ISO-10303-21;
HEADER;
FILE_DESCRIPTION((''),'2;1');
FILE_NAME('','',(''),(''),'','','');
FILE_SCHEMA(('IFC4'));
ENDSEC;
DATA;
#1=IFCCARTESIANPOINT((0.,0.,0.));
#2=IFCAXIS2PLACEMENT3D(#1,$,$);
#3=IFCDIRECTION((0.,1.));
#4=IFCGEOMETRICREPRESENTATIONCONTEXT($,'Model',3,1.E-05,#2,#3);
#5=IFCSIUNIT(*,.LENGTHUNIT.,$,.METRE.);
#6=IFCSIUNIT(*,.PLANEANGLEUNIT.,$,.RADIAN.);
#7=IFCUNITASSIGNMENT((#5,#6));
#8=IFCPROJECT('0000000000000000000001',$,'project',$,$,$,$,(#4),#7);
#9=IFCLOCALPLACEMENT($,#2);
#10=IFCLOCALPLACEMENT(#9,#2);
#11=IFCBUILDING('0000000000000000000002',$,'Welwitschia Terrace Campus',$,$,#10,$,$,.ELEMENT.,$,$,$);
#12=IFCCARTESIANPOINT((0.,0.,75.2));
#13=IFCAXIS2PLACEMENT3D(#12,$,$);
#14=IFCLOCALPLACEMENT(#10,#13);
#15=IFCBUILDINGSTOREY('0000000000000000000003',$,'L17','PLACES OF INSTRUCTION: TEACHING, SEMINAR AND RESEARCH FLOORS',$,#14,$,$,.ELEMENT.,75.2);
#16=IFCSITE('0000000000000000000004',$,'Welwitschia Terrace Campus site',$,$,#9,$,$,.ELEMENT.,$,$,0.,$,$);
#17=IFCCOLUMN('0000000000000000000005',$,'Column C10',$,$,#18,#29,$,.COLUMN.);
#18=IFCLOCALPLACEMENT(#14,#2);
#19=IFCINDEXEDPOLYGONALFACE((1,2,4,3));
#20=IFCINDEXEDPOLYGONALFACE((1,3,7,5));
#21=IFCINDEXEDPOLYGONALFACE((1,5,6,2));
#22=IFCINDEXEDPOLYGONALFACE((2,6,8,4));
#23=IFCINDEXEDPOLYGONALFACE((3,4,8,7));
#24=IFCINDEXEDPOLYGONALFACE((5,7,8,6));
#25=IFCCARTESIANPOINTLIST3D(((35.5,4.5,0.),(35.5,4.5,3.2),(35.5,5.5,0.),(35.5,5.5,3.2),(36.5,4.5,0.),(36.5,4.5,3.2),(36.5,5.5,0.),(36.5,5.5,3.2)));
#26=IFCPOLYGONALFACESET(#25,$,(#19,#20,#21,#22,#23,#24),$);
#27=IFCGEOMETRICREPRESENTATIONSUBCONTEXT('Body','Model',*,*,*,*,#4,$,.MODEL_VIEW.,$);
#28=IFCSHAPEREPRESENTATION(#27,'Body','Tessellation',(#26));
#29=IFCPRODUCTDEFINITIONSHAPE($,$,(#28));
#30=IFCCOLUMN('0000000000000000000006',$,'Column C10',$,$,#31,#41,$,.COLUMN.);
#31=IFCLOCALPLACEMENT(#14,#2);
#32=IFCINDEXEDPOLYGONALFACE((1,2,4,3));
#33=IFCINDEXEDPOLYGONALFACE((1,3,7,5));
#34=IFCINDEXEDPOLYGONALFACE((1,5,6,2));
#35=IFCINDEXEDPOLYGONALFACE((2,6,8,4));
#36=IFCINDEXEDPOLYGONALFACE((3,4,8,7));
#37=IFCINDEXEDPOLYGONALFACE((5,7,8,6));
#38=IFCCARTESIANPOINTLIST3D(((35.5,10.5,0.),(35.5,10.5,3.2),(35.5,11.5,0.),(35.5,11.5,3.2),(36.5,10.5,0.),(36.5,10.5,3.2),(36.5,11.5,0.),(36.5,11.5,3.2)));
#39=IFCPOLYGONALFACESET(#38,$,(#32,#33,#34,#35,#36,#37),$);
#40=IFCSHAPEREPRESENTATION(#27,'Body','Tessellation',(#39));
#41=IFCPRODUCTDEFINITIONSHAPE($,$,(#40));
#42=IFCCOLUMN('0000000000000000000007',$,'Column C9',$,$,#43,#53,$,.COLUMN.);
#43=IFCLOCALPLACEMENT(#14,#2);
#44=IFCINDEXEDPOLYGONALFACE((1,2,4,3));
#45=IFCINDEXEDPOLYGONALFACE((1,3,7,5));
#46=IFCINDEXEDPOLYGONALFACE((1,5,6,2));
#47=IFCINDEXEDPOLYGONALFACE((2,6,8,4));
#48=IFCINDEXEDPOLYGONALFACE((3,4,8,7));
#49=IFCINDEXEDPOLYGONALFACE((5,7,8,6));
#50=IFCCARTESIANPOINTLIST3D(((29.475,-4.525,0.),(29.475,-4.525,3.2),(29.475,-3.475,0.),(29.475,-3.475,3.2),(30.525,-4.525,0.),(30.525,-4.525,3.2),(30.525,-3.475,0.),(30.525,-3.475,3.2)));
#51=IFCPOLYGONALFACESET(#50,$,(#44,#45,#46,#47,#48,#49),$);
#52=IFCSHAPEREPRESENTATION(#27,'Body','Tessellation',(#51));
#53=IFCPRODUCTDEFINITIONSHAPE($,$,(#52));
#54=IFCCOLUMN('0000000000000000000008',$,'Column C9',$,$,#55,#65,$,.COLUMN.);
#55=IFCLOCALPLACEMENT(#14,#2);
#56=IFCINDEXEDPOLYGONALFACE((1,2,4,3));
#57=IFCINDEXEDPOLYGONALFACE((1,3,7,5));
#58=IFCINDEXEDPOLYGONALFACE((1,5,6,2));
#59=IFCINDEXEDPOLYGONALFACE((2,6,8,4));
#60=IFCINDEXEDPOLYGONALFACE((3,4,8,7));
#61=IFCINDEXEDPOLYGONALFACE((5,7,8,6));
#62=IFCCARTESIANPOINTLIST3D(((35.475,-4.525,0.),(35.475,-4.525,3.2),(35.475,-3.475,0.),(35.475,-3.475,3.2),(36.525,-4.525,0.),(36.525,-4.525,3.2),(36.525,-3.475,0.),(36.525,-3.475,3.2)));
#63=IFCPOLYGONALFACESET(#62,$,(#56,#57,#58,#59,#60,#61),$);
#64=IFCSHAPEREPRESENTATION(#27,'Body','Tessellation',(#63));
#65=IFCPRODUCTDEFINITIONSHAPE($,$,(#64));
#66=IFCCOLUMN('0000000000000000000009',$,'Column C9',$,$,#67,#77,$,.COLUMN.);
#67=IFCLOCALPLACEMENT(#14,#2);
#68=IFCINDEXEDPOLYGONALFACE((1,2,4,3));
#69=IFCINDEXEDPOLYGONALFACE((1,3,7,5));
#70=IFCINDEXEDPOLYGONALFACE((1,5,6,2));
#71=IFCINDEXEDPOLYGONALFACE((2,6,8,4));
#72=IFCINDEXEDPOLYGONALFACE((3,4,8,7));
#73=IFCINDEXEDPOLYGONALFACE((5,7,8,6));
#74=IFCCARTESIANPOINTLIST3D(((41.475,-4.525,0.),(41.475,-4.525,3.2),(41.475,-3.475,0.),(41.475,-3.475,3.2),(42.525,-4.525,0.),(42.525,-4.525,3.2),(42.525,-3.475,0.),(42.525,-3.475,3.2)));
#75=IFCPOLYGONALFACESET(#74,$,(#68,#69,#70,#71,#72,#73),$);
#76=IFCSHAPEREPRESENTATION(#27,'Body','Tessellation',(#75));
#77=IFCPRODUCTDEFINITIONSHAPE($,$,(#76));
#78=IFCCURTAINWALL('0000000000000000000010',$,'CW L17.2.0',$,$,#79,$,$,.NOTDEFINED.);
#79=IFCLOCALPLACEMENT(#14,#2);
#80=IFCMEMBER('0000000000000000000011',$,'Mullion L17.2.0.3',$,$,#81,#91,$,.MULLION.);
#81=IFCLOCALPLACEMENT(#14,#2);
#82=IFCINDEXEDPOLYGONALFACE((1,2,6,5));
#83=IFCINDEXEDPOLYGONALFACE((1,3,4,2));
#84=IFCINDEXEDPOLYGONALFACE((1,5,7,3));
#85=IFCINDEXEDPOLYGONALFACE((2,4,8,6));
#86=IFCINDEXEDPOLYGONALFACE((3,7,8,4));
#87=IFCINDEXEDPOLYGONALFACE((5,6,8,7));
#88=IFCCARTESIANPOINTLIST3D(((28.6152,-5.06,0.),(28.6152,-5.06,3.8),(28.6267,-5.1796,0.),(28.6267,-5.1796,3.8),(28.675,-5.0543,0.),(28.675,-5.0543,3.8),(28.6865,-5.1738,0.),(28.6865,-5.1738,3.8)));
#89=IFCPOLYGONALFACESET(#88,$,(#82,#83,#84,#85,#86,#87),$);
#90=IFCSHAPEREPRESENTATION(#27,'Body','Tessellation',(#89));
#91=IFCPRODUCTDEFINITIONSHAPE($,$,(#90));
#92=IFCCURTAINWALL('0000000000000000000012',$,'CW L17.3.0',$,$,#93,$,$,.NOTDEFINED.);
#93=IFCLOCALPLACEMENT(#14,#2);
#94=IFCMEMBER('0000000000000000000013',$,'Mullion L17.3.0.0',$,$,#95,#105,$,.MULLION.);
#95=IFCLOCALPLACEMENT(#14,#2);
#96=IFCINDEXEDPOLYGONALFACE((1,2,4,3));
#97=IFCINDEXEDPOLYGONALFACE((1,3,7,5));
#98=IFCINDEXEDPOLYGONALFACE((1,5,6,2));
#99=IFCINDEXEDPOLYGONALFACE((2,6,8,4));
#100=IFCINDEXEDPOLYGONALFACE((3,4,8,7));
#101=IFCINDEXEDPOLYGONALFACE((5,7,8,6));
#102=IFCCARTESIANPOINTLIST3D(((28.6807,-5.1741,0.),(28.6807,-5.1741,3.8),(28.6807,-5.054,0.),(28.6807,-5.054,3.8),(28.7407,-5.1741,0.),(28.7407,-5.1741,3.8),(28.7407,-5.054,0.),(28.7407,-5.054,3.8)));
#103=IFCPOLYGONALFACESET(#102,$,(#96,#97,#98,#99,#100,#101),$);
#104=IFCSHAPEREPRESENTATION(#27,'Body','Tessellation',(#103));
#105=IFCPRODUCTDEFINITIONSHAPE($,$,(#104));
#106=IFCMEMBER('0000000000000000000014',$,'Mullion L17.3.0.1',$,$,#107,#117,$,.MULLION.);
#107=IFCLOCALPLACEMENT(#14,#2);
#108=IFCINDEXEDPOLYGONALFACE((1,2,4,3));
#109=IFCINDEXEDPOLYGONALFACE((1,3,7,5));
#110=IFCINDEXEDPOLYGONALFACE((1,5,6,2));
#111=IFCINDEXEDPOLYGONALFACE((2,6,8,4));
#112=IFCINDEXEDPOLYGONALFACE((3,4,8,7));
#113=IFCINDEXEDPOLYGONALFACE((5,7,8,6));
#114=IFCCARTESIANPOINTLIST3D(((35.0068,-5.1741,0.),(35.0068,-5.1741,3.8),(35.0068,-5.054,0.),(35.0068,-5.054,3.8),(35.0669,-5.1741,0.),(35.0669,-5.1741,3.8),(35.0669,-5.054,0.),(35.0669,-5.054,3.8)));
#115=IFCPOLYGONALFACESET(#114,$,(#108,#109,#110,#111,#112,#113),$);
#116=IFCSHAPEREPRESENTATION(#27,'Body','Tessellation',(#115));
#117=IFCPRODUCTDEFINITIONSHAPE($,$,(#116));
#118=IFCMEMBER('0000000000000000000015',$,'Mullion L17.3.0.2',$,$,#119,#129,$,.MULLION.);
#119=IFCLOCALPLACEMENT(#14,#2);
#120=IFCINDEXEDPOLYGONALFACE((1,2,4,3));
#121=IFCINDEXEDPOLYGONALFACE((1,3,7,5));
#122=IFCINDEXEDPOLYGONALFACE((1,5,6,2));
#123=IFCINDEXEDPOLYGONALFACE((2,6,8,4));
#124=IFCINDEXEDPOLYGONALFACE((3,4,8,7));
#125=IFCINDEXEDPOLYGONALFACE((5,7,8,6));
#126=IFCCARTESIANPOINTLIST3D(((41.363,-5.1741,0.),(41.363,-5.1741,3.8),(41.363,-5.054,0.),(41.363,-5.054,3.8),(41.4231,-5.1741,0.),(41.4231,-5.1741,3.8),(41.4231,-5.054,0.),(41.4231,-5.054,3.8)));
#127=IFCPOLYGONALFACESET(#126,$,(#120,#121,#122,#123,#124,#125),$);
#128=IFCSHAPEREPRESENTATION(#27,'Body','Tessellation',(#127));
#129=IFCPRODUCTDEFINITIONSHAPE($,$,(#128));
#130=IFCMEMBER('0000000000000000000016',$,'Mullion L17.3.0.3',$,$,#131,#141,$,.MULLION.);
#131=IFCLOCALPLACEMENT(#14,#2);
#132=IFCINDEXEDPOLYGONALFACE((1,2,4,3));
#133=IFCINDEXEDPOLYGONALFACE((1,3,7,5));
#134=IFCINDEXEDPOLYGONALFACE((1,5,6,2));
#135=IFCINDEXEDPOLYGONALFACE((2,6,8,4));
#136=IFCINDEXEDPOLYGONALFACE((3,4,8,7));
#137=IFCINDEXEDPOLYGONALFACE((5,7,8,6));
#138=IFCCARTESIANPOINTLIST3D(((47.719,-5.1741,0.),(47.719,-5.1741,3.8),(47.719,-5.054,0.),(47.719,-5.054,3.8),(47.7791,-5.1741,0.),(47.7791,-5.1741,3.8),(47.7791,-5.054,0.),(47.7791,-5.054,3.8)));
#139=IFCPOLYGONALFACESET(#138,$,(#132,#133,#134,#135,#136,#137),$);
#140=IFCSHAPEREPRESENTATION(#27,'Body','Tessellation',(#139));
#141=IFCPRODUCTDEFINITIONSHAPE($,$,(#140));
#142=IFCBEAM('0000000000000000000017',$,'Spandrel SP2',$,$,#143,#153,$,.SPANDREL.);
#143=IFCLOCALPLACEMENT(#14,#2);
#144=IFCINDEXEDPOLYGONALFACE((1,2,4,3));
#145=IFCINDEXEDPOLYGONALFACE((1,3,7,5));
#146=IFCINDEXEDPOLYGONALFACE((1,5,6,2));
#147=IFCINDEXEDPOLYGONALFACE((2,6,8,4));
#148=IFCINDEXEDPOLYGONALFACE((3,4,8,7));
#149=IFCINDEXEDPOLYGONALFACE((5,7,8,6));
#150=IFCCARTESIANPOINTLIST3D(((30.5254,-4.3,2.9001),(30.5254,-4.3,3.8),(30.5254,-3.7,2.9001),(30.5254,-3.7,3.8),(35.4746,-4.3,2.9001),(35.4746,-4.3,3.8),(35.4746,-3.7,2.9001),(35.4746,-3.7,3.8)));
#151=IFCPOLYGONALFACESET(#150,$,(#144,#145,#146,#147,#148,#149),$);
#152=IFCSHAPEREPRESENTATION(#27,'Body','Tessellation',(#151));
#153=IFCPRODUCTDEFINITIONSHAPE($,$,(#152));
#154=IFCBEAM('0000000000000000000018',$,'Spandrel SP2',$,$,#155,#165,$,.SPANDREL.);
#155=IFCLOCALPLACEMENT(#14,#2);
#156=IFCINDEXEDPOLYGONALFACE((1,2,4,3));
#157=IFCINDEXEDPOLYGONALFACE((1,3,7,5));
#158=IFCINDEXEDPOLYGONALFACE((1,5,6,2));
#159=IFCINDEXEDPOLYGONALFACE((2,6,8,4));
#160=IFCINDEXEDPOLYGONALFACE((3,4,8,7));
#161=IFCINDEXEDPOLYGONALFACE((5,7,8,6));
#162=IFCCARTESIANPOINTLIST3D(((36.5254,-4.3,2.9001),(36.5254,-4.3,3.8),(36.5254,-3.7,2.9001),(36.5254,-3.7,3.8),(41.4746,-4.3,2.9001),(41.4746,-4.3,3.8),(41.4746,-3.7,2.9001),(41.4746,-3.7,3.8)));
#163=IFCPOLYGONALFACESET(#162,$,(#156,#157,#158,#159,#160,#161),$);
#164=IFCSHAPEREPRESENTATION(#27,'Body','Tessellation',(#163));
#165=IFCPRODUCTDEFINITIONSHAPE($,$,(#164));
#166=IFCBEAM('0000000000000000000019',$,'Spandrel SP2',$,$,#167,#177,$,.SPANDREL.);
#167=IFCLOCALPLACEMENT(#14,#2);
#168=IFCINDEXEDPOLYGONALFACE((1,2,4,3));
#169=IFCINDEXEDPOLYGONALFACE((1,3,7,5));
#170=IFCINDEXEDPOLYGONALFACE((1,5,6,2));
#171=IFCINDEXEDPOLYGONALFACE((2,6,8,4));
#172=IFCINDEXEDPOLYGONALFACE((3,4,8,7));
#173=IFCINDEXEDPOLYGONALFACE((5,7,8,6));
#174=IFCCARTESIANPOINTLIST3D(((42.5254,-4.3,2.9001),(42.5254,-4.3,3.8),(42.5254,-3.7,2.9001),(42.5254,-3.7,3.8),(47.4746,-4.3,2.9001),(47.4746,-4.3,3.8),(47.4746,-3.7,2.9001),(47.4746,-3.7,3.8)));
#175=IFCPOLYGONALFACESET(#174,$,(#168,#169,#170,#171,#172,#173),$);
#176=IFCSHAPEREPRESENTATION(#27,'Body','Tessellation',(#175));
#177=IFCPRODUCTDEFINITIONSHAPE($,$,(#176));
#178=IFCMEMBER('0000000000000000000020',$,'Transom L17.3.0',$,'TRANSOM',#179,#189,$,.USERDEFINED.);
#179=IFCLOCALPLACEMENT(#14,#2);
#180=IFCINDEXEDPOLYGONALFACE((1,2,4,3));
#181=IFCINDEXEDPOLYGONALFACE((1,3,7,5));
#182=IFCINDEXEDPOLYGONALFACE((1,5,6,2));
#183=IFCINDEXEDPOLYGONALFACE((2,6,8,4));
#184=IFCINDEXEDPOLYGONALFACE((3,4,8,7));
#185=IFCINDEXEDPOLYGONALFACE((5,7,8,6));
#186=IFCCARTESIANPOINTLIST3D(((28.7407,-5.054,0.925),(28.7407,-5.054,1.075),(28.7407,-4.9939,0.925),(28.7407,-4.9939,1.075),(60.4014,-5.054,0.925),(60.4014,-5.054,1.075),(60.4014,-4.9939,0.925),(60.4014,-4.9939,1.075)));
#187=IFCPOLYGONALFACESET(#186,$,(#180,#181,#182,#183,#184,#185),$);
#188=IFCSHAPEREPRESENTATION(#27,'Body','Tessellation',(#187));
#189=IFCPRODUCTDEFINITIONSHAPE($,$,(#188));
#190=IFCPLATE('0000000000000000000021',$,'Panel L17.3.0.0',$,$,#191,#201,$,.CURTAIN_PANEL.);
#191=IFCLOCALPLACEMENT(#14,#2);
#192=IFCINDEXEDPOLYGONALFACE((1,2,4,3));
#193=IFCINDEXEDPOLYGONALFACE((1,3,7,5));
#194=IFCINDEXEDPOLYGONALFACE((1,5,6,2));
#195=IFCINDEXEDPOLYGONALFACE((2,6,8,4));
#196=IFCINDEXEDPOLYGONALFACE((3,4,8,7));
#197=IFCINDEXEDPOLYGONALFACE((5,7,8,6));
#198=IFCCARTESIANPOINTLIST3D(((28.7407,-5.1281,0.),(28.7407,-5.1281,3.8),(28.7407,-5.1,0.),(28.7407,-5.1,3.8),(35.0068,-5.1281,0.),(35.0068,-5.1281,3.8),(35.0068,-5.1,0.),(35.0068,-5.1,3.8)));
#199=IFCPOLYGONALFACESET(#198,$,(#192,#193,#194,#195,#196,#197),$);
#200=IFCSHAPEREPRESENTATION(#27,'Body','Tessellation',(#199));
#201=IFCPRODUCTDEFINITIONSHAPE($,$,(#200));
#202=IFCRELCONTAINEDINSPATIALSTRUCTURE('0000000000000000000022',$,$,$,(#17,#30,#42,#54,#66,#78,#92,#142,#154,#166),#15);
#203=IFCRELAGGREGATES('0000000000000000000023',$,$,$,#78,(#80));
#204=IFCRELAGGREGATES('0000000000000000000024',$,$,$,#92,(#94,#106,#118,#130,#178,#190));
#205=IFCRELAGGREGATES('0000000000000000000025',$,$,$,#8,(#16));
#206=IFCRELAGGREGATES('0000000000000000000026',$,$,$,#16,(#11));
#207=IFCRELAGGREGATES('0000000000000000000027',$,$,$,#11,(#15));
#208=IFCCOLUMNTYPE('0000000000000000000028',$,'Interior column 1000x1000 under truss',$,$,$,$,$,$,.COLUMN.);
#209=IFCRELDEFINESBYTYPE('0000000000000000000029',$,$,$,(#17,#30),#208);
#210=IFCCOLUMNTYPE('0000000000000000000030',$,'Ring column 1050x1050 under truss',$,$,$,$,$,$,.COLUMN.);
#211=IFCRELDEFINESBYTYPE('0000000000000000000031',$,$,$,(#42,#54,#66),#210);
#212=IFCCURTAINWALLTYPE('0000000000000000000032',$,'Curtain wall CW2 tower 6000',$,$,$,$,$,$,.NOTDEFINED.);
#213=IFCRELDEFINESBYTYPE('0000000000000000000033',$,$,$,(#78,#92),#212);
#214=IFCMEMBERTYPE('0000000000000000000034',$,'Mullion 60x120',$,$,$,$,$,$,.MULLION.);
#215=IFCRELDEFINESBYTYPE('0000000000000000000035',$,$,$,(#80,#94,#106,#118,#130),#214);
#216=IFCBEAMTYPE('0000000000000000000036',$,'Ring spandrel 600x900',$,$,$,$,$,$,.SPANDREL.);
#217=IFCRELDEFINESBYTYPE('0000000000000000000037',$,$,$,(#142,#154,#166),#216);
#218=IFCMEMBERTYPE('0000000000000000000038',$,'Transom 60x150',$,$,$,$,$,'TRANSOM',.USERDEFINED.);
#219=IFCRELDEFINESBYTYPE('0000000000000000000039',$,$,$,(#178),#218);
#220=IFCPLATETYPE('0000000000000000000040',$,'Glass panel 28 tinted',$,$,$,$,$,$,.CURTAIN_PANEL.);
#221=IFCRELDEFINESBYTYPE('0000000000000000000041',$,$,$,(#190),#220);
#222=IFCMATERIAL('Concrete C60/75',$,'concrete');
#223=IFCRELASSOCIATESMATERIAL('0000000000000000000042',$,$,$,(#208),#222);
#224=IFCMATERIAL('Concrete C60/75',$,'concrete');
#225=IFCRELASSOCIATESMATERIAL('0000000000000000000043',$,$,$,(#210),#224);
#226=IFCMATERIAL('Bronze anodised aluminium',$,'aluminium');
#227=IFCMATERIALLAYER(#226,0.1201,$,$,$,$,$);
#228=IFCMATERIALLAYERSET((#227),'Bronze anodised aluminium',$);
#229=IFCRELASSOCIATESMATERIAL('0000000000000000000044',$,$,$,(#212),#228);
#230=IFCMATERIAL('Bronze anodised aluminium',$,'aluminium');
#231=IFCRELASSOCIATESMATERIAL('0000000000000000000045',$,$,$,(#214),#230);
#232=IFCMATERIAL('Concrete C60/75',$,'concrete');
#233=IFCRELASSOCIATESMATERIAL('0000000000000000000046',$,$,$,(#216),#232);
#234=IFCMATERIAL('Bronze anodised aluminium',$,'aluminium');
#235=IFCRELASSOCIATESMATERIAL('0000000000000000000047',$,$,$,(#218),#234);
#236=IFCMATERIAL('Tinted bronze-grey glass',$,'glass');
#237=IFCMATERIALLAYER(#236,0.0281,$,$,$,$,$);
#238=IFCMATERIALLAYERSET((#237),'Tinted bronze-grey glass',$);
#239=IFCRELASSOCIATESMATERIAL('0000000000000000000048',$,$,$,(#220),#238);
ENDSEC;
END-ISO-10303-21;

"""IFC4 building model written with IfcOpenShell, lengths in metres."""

from ifc_helpers import new_model, si_unit, direction, frame, origin, origin_2d, place, context, subcontext, project, spatial, rectangle, extrude, material, layer, layer_set, material_profile, profile_set, type_object, element, aggregate, save


model = new_model("IFC4")

# Units and contexts
model_context = context("Model", 3, precision=1e-05, world=origin(), true_north=direction((0.0, 1.0)))
body_context = subcontext(model_context, "Body", "Model", "MODEL_VIEW")
ifc_project = project(units=[si_unit("LENGTHUNIT", "METRE"), si_unit("PLANEANGLEUNIT", "RADIAN")], contexts=[model_context])

# Site, building, storey
site_placement = place(None, origin())
site = spatial("IfcSite", under=ifc_project, at=site_placement, Name="Welwitschia Terrace Campus site", CompositionType="ELEMENT", RefElevation=0.0)
building_placement = place(site_placement, origin())
building = spatial("IfcBuilding", under=site, at=building_placement, Name="Welwitschia Terrace Campus", CompositionType="ELEMENT")
storey_placement = place(building_placement, frame((0.0, 0.0, 75.2)))
storey = spatial("IfcBuildingStorey", under=building, at=storey_placement, Name="L17", Description="PLACES OF INSTRUCTION: TEACHING, SEMINAR AND RESEARCH FLOORS", CompositionType="ELEMENT", Elevation=75.2)

# Columns
ifc_material_1 = material(Name="Concrete C60/75", Category="concrete")
ifc_material_profile_1 = material_profile(ifc_material_1, rectangle(XDim=1.0, YDim=1.0, at=origin_2d()))
ifc_profile_set_1 = profile_set([ifc_material_profile_1], Name="Concrete C60/75")
column_type_1 = type_object("IfcColumnType", Name="Interior column 1000x1000 under truss", PredefinedType="COLUMN", material=ifc_profile_set_1)
for number, where, z_axis, x_axis, name in (
    (1, (36.0, 5.0, 0.0), (0.0, 0.0, 1.0), (1.0, 0.0, 0.0), "Column C10"),
    (2, (36.0, 11.0, 0.0), (0.0, 0.0, 1.0), (1.0, 0.0, 0.0), "Column C10"),
):
    element("IfcColumn", number, at=place(storey_placement, frame(where, z_axis=z_axis, x_axis=x_axis)), inside=storey, type_object=column_type_1, Name=name, PredefinedType="COLUMN", context=body_context, shape_type="SweptSolid", body=[
        extrude(rectangle(XDim=1.0, YDim=1.0, at=origin_2d()), origin(), (0.0, 0.0, 1.0), 3.2),
    ])
ifc_material_2 = material(Name="Concrete C60/75", Category="concrete")
ifc_material_profile_2 = material_profile(ifc_material_2, rectangle(XDim=1.05, YDim=1.05, at=origin_2d()))
ifc_profile_set_2 = profile_set([ifc_material_profile_2], Name="Concrete C60/75")
column_type_2 = type_object("IfcColumnType", Name="Ring column 1050x1050 under truss", PredefinedType="COLUMN", material=ifc_profile_set_2)
for number, where, z_axis, x_axis, name in (
    (3, (30.0, -4.0, 0.0), (0.0, 0.0, 1.0), (1.0, 0.0, 0.0), "Column C9"),
    (4, (36.0, -4.0, 0.0), (0.0, 0.0, 1.0), (1.0, 0.0, 0.0), "Column C9"),
    (5, (42.0, -4.0, 0.0), (0.0, 0.0, 1.0), (1.0, 0.0, 0.0), "Column C9"),
):
    element("IfcColumn", number, at=place(storey_placement, frame(where, z_axis=z_axis, x_axis=x_axis)), inside=storey, type_object=column_type_2, Name=name, PredefinedType="COLUMN", context=body_context, shape_type="SweptSolid", body=[
        extrude(rectangle(XDim=1.05, YDim=1.05, at=origin_2d()), origin(), (0.0, 0.0, 1.0), 3.2),
    ])

# Curtain wall, member
ifc_material_3 = material(Name="Bronze anodised aluminium", Category="aluminium")
ifc_layer_1 = layer(ifc_material_3, 0.1201)
ifc_layer_set_1 = layer_set([ifc_layer_1], Name="Bronze anodised aluminium")
curtain_wall_type = type_object("IfcCurtainWallType", Name="Curtain wall CW2 tower 6000", PredefinedType="NOTDEFINED", material=ifc_layer_set_1)
curtain_wall_1_placement = place(storey_placement, origin())
curtain_wall_1 = element("IfcCurtainWall", 6, at=curtain_wall_1_placement, inside=storey, type_object=curtain_wall_type, Name="CW L17.2.0", PredefinedType="NOTDEFINED")
ifc_material_4 = material(Name="Bronze anodised aluminium", Category="aluminium")
ifc_material_profile_3 = material_profile(ifc_material_4, rectangle(XDim=0.1201, YDim=0.0601, at=origin_2d()))
ifc_profile_set_3 = profile_set([ifc_material_profile_3], Name="Bronze anodised aluminium")
member_type_1 = type_object("IfcMemberType", Name="Mullion 60x120", PredefinedType="MULLION", material=ifc_profile_set_3)
member_1_placement = place(storey_placement, frame((28.6509, -5.1169, 0.0), z_axis=(0.0, 0.0, 1.0), x_axis=(-0.095846, 0.995396, 0.0)))
member_1 = element("IfcMember", 7, at=member_1_placement, type_object=member_type_1, Name="Mullion L17.2.0.3", PredefinedType="MULLION", context=body_context, shape_type="SweptSolid", body=[
    extrude(rectangle(XDim=0.1201, YDim=0.0601, at=origin_2d()), origin(), (0.0, 0.0, 1.0), 3.8),
])
aggregate(curtain_wall_1, [member_1])

# Curtain wall, members
curtain_wall_2_placement = place(storey_placement, origin())
curtain_wall_2 = element("IfcCurtainWall", 8, at=curtain_wall_2_placement, inside=storey, type_object=curtain_wall_type, Name="CW L17.3.0", PredefinedType="NOTDEFINED")
member_2_placement = place(storey_placement, frame((28.7107, -5.114, 0.0), z_axis=(0.0, 0.0, 1.0), x_axis=(0.0, 1.0, 0.0)))
member_2 = element("IfcMember", 9, at=member_2_placement, type_object=member_type_1, Name="Mullion L17.3.0.0", PredefinedType="MULLION", context=body_context, shape_type="SweptSolid", body=[
    extrude(rectangle(XDim=0.1201, YDim=0.0601, at=origin_2d()), origin(), (0.0, 0.0, 1.0), 3.8),
])
member_3_placement = place(storey_placement, frame((35.0369, -5.114, 0.0), z_axis=(0.0, 0.0, 1.0), x_axis=(0.0, 1.0, 0.0)))
member_3 = element("IfcMember", 10, at=member_3_placement, type_object=member_type_1, Name="Mullion L17.3.0.1", PredefinedType="MULLION", context=body_context, shape_type="SweptSolid", body=[
    extrude(rectangle(XDim=0.1201, YDim=0.0601, at=origin_2d()), origin(), (0.0, 0.0, 1.0), 3.8),
])
member_4_placement = place(storey_placement, frame((41.3931, -5.114, 0.0), z_axis=(0.0, 0.0, 1.0), x_axis=(0.0, 1.0, 0.0)))
member_4 = element("IfcMember", 11, at=member_4_placement, type_object=member_type_1, Name="Mullion L17.3.0.2", PredefinedType="MULLION", context=body_context, shape_type="SweptSolid", body=[
    extrude(rectangle(XDim=0.1201, YDim=0.0601, at=origin_2d()), origin(), (0.0, 0.0, 1.0), 3.8),
])
member_5_placement = place(storey_placement, frame((47.749, -5.114, 0.0), z_axis=(0.0, 0.0, 1.0), x_axis=(0.0, 1.0, 0.0)))
member_5 = element("IfcMember", 12, at=member_5_placement, type_object=member_type_1, Name="Mullion L17.3.0.3", PredefinedType="MULLION", context=body_context, shape_type="SweptSolid", body=[
    extrude(rectangle(XDim=0.1201, YDim=0.0601, at=origin_2d()), origin(), (0.0, 0.0, 1.0), 3.8),
])

# Beams
ifc_material_5 = material(Name="Concrete C60/75", Category="concrete")
ifc_material_profile_4 = material_profile(ifc_material_5, rectangle(XDim=0.6001, YDim=0.8999, at=origin_2d()))
ifc_profile_set_4 = profile_set([ifc_material_profile_4], Name="Concrete C60/75")
beam_type = type_object("IfcBeamType", Name="Ring spandrel 600x900", PredefinedType="SPANDREL", material=ifc_profile_set_4)
for number, where, z_axis, x_axis, name in (
    (13, (30.5254, -4.0, 3.3501), (1.0, 0.0, 0.0), (0.0, 1.0, 0.0), "Spandrel SP2"),
    (14, (36.5254, -4.0, 3.3501), (1.0, 0.0, 0.0), (0.0, 1.0, 0.0), "Spandrel SP2"),
    (15, (42.5254, -4.0, 3.3501), (1.0, 0.0, 0.0), (0.0, 1.0, 0.0), "Spandrel SP2"),
):
    element("IfcBeam", number, at=place(storey_placement, frame(where, z_axis=z_axis, x_axis=x_axis)), inside=storey, type_object=beam_type, Name=name, PredefinedType="SPANDREL", context=body_context, shape_type="SweptSolid", body=[
        extrude(rectangle(XDim=0.6001, YDim=0.8999, at=origin_2d()), origin(), (0.0, 0.0, 1.0), 4.9492),
    ])

# Member
ifc_material_6 = material(Name="Bronze anodised aluminium", Category="aluminium")
ifc_material_profile_5 = material_profile(ifc_material_6, rectangle(XDim=0.0601, YDim=0.1499, at=origin_2d()))
ifc_profile_set_5 = profile_set([ifc_material_profile_5], Name="Bronze anodised aluminium")
member_type_2 = type_object("IfcMemberType", Name="Transom 60x150", ElementType="TRANSOM", PredefinedType="USERDEFINED", material=ifc_profile_set_5)
member_6_placement = place(storey_placement, frame((28.7407, -5.0239, 1.0), z_axis=(1.0, 0.0, 0.0), x_axis=(0.0, 1.0, 0.0)))
member_6 = element("IfcMember", 16, at=member_6_placement, type_object=member_type_2, Name="Transom L17.3.0", ObjectType="TRANSOM", PredefinedType="USERDEFINED", context=body_context, shape_type="SweptSolid", body=[
    extrude(rectangle(XDim=0.0601, YDim=0.1499, at=origin_2d()), origin(), (0.0, 0.0, 1.0), 31.6606),
])

# Plate
ifc_material_7 = material(Name="Tinted bronze-grey glass", Category="glass")
ifc_layer_2 = layer(ifc_material_7, 0.0281)
ifc_layer_set_2 = layer_set([ifc_layer_2], Name="Tinted bronze-grey glass")
plate_type = type_object("IfcPlateType", Name="Glass panel 28 tinted", PredefinedType="CURTAIN_PANEL", material=ifc_layer_set_2)
plate_1_placement = place(storey_placement, frame((31.8738, -5.114, 0.0), z_axis=(0.0, 0.0, 1.0), x_axis=(1.0, 0.0, 0.0)))
plate_1 = element("IfcPlate", 17, at=plate_1_placement, type_object=plate_type, Name="Panel L17.3.0.0", PredefinedType="CURTAIN_PANEL", context=body_context, shape_type="SweptSolid", body=[
    extrude(rectangle(XDim=6.2661, YDim=0.0281, at=origin_2d()), origin(), (0.0, 0.0, 1.0), 3.8),
])
aggregate(curtain_wall_2, [member_2, member_3, member_4, member_5, member_6, plate_1])

save(model, "model.ifc")
